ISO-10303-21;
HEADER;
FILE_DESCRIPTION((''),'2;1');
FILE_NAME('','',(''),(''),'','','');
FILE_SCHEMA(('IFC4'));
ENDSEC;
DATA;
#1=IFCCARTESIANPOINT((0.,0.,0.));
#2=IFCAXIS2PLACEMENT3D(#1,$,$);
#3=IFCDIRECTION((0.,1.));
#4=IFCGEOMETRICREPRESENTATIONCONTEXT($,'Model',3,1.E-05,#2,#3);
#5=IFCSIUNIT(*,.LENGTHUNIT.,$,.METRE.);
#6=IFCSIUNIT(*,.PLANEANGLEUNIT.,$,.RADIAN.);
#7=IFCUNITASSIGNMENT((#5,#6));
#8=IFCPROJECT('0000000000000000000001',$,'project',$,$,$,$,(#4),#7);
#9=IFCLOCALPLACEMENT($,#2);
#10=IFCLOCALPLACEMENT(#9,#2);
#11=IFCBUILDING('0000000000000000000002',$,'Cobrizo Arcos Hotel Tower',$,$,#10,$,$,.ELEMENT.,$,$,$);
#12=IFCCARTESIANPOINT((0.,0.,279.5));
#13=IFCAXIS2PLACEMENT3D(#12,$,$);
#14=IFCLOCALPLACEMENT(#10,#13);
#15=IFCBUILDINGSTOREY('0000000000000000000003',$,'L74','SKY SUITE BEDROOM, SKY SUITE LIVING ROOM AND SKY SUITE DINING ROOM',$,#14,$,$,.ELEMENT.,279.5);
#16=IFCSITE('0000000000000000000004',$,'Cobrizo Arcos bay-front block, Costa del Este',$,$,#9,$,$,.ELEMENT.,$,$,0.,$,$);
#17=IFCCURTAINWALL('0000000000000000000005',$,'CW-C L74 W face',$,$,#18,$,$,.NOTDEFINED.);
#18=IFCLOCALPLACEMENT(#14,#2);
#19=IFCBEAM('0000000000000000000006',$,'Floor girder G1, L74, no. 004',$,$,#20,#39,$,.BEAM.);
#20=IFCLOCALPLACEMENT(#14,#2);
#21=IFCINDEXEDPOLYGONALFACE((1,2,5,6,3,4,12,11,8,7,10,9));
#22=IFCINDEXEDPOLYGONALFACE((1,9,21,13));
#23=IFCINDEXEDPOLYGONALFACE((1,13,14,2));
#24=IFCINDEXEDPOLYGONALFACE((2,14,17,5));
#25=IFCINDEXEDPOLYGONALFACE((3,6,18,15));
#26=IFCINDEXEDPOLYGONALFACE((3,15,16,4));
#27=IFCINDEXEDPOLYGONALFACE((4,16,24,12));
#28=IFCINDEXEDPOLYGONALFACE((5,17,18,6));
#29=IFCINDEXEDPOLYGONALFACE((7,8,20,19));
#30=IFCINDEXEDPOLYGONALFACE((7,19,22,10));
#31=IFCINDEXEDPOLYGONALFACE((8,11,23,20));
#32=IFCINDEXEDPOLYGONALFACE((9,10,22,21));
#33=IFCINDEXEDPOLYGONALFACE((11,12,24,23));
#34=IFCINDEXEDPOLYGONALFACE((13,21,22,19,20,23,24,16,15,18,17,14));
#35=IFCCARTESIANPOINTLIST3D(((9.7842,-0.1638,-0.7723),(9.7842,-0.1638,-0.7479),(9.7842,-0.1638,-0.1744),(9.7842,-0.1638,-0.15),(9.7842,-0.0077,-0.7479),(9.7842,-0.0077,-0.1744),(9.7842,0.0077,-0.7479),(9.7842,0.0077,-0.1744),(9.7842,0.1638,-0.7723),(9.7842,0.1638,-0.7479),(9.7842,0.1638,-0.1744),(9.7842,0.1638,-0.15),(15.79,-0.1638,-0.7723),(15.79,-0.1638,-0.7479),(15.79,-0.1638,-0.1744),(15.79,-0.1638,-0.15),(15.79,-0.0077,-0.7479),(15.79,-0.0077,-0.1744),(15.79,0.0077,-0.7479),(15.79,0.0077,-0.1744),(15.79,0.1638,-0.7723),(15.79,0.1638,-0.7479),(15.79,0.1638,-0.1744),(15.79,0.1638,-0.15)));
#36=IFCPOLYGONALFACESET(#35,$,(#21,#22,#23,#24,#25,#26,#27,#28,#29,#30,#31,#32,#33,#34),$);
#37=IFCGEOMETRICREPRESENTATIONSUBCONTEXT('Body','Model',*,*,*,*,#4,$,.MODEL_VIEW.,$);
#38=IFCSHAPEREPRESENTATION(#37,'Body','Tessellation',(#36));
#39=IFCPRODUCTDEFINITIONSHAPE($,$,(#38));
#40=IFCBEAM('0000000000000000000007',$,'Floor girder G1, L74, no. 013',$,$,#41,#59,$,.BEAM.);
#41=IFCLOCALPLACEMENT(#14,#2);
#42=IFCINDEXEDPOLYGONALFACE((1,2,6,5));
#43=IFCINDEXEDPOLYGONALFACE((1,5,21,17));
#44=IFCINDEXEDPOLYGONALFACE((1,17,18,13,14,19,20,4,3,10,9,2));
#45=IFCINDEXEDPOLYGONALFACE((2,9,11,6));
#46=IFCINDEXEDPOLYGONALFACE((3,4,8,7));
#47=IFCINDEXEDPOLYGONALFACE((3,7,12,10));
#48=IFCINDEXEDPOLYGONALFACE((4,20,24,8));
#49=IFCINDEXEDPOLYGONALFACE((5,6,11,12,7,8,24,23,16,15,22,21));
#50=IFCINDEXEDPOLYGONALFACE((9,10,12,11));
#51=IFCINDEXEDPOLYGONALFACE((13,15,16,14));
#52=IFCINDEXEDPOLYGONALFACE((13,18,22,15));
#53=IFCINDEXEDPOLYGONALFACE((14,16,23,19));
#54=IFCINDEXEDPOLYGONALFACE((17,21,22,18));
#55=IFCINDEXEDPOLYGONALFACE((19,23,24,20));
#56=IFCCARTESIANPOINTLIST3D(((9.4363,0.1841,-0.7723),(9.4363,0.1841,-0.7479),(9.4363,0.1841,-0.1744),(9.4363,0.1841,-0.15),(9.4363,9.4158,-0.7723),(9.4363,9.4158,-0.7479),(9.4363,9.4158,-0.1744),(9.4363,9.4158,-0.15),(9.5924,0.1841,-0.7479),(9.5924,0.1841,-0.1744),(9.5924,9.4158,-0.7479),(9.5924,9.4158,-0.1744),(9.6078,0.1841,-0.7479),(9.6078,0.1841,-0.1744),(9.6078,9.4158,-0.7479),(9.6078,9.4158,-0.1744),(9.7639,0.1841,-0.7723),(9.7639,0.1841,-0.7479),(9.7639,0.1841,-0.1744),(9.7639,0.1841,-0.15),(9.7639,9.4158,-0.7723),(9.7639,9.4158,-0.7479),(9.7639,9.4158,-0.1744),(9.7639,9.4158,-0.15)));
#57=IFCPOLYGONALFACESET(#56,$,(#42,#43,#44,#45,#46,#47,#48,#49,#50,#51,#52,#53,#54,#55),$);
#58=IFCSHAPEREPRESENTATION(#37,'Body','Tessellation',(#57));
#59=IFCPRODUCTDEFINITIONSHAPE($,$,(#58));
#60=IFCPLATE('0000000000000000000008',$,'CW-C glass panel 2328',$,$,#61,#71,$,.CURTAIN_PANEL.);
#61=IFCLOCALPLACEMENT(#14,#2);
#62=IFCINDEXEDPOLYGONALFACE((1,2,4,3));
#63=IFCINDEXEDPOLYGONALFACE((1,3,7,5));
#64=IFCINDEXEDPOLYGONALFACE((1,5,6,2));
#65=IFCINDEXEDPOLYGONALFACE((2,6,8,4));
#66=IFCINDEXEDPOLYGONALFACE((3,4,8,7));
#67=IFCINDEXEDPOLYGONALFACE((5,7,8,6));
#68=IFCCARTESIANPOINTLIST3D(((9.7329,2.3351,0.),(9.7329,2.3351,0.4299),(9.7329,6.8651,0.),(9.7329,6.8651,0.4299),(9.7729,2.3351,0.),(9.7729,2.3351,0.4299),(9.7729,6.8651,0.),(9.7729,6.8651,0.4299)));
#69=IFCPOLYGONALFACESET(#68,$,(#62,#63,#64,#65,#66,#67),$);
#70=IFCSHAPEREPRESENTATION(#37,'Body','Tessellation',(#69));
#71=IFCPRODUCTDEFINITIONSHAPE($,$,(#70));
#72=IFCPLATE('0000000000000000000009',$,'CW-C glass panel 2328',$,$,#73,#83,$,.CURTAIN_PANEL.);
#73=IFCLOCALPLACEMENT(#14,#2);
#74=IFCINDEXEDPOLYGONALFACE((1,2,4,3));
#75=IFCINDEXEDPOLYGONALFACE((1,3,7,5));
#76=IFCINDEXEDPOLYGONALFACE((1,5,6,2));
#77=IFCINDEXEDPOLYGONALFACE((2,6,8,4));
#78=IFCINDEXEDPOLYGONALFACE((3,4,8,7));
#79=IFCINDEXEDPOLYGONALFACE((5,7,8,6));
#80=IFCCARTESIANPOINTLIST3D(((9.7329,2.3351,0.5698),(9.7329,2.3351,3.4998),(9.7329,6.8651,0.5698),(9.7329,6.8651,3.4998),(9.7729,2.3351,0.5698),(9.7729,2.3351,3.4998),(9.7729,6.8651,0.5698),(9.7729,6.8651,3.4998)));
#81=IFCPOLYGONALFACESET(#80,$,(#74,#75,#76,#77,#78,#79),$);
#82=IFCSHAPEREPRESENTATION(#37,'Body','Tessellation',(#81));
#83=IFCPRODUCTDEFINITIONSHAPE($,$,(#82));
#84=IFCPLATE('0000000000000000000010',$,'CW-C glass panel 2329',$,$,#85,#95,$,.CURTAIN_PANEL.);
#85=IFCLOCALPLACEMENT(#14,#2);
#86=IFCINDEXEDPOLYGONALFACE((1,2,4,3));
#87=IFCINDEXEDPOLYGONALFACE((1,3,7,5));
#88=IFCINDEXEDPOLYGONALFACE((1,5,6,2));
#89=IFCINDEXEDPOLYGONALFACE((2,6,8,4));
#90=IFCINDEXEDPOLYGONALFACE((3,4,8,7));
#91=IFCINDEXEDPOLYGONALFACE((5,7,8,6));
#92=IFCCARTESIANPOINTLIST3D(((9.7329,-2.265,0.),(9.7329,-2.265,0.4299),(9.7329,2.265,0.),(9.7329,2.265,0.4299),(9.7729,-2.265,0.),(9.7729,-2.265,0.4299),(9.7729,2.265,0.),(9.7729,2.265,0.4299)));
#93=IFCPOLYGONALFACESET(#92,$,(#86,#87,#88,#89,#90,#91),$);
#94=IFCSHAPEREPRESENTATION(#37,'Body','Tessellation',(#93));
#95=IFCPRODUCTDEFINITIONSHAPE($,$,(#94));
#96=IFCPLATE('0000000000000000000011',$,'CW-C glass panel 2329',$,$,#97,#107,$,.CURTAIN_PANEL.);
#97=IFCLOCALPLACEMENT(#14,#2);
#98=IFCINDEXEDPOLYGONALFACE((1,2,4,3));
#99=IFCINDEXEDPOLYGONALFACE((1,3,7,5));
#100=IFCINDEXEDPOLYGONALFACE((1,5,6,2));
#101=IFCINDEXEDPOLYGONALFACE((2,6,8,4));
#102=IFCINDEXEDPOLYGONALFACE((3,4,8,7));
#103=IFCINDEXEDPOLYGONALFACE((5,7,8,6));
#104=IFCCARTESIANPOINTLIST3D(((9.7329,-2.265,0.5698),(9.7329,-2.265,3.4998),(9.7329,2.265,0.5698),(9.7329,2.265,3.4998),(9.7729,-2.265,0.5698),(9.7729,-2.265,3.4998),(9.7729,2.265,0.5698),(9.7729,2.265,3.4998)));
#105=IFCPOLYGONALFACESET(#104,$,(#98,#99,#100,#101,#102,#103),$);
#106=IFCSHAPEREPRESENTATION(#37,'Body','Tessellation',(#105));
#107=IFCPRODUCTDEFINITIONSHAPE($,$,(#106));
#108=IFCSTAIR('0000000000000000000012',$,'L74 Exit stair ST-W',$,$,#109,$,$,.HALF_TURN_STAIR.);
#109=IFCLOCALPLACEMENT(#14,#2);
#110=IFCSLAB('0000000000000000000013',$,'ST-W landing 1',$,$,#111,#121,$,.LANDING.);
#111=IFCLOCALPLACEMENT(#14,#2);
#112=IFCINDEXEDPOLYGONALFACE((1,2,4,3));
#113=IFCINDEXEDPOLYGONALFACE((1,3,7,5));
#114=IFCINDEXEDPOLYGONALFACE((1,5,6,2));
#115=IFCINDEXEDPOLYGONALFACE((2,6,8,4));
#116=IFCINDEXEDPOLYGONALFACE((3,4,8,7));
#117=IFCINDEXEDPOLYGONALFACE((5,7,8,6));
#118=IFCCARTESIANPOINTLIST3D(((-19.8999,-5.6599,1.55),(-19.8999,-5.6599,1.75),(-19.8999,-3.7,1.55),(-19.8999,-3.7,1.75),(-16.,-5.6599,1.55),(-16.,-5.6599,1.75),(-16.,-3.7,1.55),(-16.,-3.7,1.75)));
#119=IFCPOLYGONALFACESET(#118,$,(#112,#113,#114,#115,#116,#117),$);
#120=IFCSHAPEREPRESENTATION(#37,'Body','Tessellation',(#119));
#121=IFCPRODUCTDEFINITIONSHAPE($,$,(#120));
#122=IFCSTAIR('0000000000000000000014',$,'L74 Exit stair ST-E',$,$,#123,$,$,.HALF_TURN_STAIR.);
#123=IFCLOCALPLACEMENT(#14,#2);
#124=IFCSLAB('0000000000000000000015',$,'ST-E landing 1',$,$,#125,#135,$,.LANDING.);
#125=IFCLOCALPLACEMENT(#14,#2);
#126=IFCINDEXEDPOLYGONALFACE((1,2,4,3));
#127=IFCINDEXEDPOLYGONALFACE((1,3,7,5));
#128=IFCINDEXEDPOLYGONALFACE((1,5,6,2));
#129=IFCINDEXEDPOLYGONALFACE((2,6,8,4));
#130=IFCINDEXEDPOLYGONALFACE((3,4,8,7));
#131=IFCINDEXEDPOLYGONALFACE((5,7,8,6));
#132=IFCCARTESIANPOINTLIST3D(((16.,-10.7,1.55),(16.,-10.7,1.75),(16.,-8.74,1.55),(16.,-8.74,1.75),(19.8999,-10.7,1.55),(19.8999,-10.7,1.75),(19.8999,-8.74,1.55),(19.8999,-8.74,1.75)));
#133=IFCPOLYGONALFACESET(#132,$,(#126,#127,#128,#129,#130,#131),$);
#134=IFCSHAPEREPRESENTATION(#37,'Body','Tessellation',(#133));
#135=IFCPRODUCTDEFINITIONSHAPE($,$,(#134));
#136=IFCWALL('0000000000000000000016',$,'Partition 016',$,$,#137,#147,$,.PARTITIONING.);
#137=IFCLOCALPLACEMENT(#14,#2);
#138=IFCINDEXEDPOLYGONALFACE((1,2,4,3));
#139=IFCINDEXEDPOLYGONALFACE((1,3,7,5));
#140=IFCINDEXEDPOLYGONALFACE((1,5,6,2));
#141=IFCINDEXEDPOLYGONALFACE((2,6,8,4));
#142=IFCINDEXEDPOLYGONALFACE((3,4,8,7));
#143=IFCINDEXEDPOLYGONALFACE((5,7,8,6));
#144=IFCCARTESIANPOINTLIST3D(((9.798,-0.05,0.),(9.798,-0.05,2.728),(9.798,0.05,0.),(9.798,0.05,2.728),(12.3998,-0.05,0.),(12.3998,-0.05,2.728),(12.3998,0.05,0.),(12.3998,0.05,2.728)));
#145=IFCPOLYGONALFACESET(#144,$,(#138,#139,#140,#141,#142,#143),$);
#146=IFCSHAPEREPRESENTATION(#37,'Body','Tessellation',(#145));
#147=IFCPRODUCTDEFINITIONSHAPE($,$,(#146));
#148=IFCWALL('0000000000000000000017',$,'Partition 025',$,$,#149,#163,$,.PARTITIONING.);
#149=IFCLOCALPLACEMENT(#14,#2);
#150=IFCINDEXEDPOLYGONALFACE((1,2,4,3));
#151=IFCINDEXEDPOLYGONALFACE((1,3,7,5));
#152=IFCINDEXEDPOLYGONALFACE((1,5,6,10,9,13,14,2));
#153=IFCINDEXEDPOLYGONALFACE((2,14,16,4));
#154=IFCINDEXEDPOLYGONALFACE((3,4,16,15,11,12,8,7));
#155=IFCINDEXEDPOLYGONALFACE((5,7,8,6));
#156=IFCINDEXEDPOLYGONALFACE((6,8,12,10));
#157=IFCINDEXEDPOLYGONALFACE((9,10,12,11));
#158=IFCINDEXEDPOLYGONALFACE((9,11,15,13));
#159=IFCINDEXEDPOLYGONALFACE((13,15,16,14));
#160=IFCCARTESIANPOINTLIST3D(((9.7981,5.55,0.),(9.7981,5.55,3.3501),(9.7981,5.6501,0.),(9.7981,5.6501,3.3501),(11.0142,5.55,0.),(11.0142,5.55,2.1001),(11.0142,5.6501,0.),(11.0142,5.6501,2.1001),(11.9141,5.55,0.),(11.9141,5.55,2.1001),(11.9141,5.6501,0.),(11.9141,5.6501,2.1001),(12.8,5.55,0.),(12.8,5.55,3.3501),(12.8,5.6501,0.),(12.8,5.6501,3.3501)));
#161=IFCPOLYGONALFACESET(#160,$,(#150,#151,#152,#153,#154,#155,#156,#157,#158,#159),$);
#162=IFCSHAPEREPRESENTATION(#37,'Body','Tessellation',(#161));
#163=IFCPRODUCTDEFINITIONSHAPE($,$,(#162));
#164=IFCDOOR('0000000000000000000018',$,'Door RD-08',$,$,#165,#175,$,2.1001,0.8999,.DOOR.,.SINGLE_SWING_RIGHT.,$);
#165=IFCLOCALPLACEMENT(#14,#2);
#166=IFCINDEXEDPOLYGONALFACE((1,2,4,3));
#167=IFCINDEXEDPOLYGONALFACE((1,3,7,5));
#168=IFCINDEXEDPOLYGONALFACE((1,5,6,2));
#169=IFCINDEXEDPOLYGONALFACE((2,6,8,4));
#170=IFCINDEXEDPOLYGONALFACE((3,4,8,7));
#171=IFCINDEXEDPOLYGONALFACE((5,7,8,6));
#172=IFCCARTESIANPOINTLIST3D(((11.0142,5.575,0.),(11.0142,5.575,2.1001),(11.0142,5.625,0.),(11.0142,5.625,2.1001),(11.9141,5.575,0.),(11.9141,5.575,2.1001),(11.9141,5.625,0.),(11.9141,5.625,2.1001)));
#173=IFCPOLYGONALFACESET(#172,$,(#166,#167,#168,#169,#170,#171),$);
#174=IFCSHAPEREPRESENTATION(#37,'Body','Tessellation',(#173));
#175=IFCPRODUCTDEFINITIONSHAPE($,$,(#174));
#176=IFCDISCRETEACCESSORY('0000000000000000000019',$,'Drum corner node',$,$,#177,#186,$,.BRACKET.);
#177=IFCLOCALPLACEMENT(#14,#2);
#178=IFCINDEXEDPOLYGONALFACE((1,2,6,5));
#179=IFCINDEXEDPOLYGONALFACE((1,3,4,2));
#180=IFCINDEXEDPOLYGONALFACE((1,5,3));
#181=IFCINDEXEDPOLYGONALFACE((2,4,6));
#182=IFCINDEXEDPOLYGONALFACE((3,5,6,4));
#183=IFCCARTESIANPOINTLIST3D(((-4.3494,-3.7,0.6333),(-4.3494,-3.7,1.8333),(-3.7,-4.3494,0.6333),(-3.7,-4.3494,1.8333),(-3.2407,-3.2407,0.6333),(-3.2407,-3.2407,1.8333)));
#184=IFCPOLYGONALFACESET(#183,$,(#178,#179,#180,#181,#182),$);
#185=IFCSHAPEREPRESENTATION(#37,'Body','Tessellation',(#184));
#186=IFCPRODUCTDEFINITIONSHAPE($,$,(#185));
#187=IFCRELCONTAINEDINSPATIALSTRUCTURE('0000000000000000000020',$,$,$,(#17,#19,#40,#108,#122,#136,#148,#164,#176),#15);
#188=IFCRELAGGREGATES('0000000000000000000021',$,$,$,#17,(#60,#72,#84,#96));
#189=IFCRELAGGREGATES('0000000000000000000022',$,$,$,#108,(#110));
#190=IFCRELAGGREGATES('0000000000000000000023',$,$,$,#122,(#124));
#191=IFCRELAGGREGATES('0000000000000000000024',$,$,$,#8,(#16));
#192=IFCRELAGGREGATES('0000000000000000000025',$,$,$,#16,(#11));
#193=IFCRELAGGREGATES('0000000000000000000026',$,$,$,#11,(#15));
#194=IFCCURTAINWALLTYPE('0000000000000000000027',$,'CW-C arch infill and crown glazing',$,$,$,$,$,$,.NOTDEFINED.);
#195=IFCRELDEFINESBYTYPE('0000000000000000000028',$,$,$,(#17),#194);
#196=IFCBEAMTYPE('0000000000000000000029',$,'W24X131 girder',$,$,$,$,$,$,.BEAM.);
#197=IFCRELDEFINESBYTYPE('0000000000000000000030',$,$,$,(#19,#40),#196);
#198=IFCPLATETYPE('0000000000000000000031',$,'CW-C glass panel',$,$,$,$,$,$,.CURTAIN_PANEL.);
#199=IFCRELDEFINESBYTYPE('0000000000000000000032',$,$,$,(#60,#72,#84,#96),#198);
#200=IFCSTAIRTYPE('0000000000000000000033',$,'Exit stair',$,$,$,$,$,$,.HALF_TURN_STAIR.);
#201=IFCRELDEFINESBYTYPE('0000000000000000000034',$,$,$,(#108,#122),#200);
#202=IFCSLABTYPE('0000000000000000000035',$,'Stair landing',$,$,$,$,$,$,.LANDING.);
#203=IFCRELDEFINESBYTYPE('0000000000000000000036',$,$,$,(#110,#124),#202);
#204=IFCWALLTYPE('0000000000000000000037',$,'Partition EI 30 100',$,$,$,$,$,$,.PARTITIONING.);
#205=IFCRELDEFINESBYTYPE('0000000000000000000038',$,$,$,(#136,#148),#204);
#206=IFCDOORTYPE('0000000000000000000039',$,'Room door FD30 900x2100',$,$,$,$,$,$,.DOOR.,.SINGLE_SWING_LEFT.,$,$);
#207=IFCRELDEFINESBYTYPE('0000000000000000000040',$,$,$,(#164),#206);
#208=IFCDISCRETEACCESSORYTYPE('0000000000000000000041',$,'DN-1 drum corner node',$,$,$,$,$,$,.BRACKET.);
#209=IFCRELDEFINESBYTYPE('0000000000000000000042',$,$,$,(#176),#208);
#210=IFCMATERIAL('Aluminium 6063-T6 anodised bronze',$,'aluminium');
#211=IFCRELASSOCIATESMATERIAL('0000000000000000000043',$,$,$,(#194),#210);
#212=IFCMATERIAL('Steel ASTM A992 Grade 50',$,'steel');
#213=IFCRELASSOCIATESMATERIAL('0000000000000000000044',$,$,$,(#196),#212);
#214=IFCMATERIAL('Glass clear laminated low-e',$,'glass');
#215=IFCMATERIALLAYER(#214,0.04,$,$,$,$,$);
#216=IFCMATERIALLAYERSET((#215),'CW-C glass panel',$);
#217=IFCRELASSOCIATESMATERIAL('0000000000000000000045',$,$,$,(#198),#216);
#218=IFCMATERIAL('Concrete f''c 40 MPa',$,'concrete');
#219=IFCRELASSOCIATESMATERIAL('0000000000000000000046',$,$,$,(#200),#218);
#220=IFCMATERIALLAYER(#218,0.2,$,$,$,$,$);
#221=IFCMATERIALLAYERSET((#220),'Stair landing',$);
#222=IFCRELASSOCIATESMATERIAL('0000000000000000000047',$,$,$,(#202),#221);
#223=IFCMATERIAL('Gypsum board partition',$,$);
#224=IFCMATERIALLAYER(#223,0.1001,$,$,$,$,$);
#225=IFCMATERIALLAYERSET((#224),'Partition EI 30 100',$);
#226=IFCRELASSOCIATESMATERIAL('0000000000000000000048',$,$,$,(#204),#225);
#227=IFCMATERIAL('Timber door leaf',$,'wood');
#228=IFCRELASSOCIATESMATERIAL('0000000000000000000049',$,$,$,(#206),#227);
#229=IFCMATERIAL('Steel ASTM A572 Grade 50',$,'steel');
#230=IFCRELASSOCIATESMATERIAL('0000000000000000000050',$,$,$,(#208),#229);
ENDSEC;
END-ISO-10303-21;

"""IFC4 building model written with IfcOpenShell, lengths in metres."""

from ifc_helpers import new_model, si_unit, direction, frame, frame_2d, origin, origin_2d, place, context, subcontext, project, spatial, polyline, rectangle, i_section, outline, extrude, material, layer, layer_set, material_profile, profile_set, type_object, element, fill, aggregate, save


model = new_model("IFC4")

# Units and contexts
model_context = context("Model", 3, precision=1e-05, world=origin(), true_north=direction((0.0, 1.0)))
body_context = subcontext(model_context, "Body", "Model", "MODEL_VIEW")
ifc_project = project(units=[si_unit("LENGTHUNIT", "METRE"), si_unit("PLANEANGLEUNIT", "RADIAN")], contexts=[model_context])

# Site, building, storey
site_placement = place(None, origin())
site = spatial("IfcSite", under=ifc_project, at=site_placement, Name="Cobrizo Arcos bay-front block, Costa del Este", CompositionType="ELEMENT", RefElevation=0.0)
building_placement = place(site_placement, origin())
building = spatial("IfcBuilding", under=site, at=building_placement, Name="Cobrizo Arcos Hotel Tower", CompositionType="ELEMENT")
storey_placement = place(building_placement, frame((0.0, 0.0, 279.5)))
storey = spatial("IfcBuildingStorey", under=building, at=storey_placement, Name="L74", Description="SKY SUITE BEDROOM, SKY SUITE LIVING ROOM AND SKY SUITE DINING ROOM", CompositionType="ELEMENT", Elevation=279.5)

# Shared definitions
ifc_material_1 = material(Name="Steel ASTM A572 Grade 50", Category="steel")

# Curtain wall
ifc_material_2 = material(Name="Aluminium 6063-T6 anodised bronze", Category="aluminium")
curtain_wall_type = type_object("IfcCurtainWallType", Name="CW-C arch infill and crown glazing", PredefinedType="NOTDEFINED", material=ifc_material_2)
curtain_wall_placement = place(storey_placement, origin())
curtain_wall = element("IfcCurtainWall", 1, at=curtain_wall_placement, inside=storey, type_object=curtain_wall_type, Name="CW-C L74 W face", PredefinedType="NOTDEFINED")

# Beams
ifc_material_3 = material(Name="Steel ASTM A992 Grade 50", Category="steel")
ifc_material_profile_1 = material_profile(ifc_material_3, i_section(OverallWidth=0.3276, OverallDepth=0.6223, WebThickness=0.0154, FlangeThickness=0.0244, at=origin_2d()), Name="W24X131")
ifc_profile_set_1 = profile_set([ifc_material_profile_1], Name="Steel ASTM A992 Grade 50")
beam_type_1 = type_object("IfcBeamType", Name="W24X131 girder", PredefinedType="BEAM", material=ifc_profile_set_1)
beam_1_placement = place(storey_placement, frame((9.7842, 0.0, -0.4612), z_axis=(1.0, 0.0, 0.0), x_axis=(0.0, 1.0, 0.0)))
element("IfcBeam", 2, at=beam_1_placement, inside=storey, type_object=beam_type_1, Name="Floor girder G1, L74, no. 004", PredefinedType="BEAM", context=body_context, shape_type="SweptSolid", body=[
    extrude(i_section(OverallWidth=0.3276, OverallDepth=0.6223, WebThickness=0.0154, FlangeThickness=0.0244, at=origin_2d()), origin(), (0.0, 0.0, 1.0), 6.0059),
])
beam_2_placement = place(storey_placement, frame((9.6001, 0.1841, -0.4612), z_axis=(0.0, 1.0, 0.0), x_axis=(-1.0, 0.0, 0.0)))
element("IfcBeam", 3, at=beam_2_placement, inside=storey, type_object=beam_type_1, Name="Floor girder G1, L74, no. 013", PredefinedType="BEAM", context=body_context, shape_type="SweptSolid", body=[
    extrude(i_section(OverallWidth=0.3276, OverallDepth=0.6223, WebThickness=0.0154, FlangeThickness=0.0244, at=origin_2d()), origin(), (0.0, 0.0, 1.0), 9.2317),
])

# Plates
ifc_material_4 = material(Name="Glass clear laminated low-e", Category="glass")
ifc_layer_1 = layer(ifc_material_4, 0.04)
ifc_layer_set_1 = layer_set([ifc_layer_1], Name="CW-C glass panel")
plate_type = type_object("IfcPlateType", Name="CW-C glass panel", PredefinedType="CURTAIN_PANEL", material=ifc_layer_set_1)
plate_1_placement = place(storey_placement, frame((9.7529, 4.6001, 0.0), z_axis=(0.0, 0.0, 1.0), x_axis=(0.0, -1.0, 0.0)))
plate_1 = element("IfcPlate", 4, at=plate_1_placement, type_object=plate_type, Name="CW-C glass panel 2328", PredefinedType="CURTAIN_PANEL", context=body_context, shape_type="SweptSolid", body=[
    extrude(rectangle(XDim=4.53, YDim=0.04, at=origin_2d()), origin(), (0.0, 0.0, 1.0), 0.4299),
])
plate_2_placement = place(storey_placement, frame((9.7529, 4.6001, 0.5698), z_axis=(0.0, 0.0, 1.0), x_axis=(0.0, -1.0, 0.0)))
plate_2 = element("IfcPlate", 5, at=plate_2_placement, type_object=plate_type, Name="CW-C glass panel 2328", PredefinedType="CURTAIN_PANEL", context=body_context, shape_type="SweptSolid", body=[
    extrude(rectangle(XDim=4.53, YDim=0.04, at=origin_2d()), origin(), (0.0, 0.0, 1.0), 2.9299),
])
plate_3_placement = place(storey_placement, frame((9.7529, 0.0, 0.0), z_axis=(0.0, 0.0, 1.0), x_axis=(0.0, -1.0, 0.0)))
plate_3 = element("IfcPlate", 6, at=plate_3_placement, type_object=plate_type, Name="CW-C glass panel 2329", PredefinedType="CURTAIN_PANEL", context=body_context, shape_type="SweptSolid", body=[
    extrude(rectangle(XDim=4.53, YDim=0.04, at=origin_2d()), origin(), (0.0, 0.0, 1.0), 0.4299),
])
plate_4_placement = place(storey_placement, frame((9.7529, 0.0, 0.5698), z_axis=(0.0, 0.0, 1.0), x_axis=(0.0, -1.0, 0.0)))
plate_4 = element("IfcPlate", 7, at=plate_4_placement, type_object=plate_type, Name="CW-C glass panel 2329", PredefinedType="CURTAIN_PANEL", context=body_context, shape_type="SweptSolid", body=[
    extrude(rectangle(XDim=4.53, YDim=0.04, at=origin_2d()), origin(), (0.0, 0.0, 1.0), 2.9299),
])
aggregate(curtain_wall, [plate_1, plate_2, plate_3, plate_4])

# Stairs, slabs
ifc_material_5 = material(Name="Concrete f'c 40 MPa", Category="concrete")
stair_type = type_object("IfcStairType", Name="Exit stair", PredefinedType="HALF_TURN_STAIR", material=ifc_material_5)
stair_1_placement = place(storey_placement, origin())
stair_1 = element("IfcStair", 8, at=stair_1_placement, inside=storey, type_object=stair_type, Name="L74 Exit stair ST-W", PredefinedType="HALF_TURN_STAIR")
ifc_layer_2 = layer(ifc_material_5, 0.2)
ifc_layer_set_2 = layer_set([ifc_layer_2], Name="Stair landing")
slab_type = type_object("IfcSlabType", Name="Stair landing", PredefinedType="LANDING", material=ifc_layer_set_2)
slab_1_placement = place(storey_placement, frame((0.0, 0.0, 1.55)))
slab_1 = element("IfcSlab", 9, at=slab_1_placement, type_object=slab_type, Name="ST-W landing 1", PredefinedType="LANDING", context=body_context, shape_type="SweptSolid", body=[
    extrude(outline(polyline([(-16.0, -5.6599), (-16.0, -3.7), (-19.8999, -3.7), (-19.8999, -5.6599), (-16.0, -5.6599)])), origin(), (0.0, 0.0, 1.0), 0.2),
])
aggregate(stair_1, [slab_1])
stair_2_placement = place(storey_placement, origin())
stair_2 = element("IfcStair", 10, at=stair_2_placement, inside=storey, type_object=stair_type, Name="L74 Exit stair ST-E", PredefinedType="HALF_TURN_STAIR")
slab_2_placement = place(storey_placement, frame((0.0, 0.0, 1.55)))
slab_2 = element("IfcSlab", 11, at=slab_2_placement, type_object=slab_type, Name="ST-E landing 1", PredefinedType="LANDING", context=body_context, shape_type="SweptSolid", body=[
    extrude(outline(polyline([(16.0, -8.74), (16.0, -10.7), (19.8999, -10.7), (19.8999, -8.74), (16.0, -8.74)])), origin(), (0.0, 0.0, 1.0), 0.2),
])
aggregate(stair_2, [slab_2])

# Wall
ifc_material_6 = material(Name="Gypsum board partition")
ifc_layer_3 = layer(ifc_material_6, 0.1001)
ifc_layer_set_3 = layer_set([ifc_layer_3], Name="Partition EI 30 100")
wall_type = type_object("IfcWallType", Name="Partition EI 30 100", PredefinedType="PARTITIONING", material=ifc_layer_set_3)
wall_1_placement = place(storey_placement, frame((9.7981, 0.0, 0.0), z_axis=(0.0, 0.0, 1.0), x_axis=(1.0, 0.0, 0.0)))
element("IfcWall", 12, at=wall_1_placement, inside=storey, type_object=wall_type, Name="Partition 016", PredefinedType="PARTITIONING", context=body_context, shape_type="SweptSolid", body=[
    extrude(rectangle(XDim=2.6018, YDim=0.1001, at=frame_2d((1.3008, 0.0))), origin(), (0.0, 0.0, 1.0), 2.728),
])

# Wall, opening, door
wall_2_placement = place(storey_placement, frame((9.7981, 5.6001, 0.0), z_axis=(0.0, 0.0, 1.0), x_axis=(1.0, 0.0, 0.0)))
wall_2 = element("IfcWall", 13, at=wall_2_placement, inside=storey, type_object=wall_type, Name="Partition 025", PredefinedType="PARTITIONING", context=body_context, shape_type="SweptSolid", body=[
    extrude(rectangle(XDim=3.002, YDim=0.1001, at=frame_2d((1.501, 0.0))), origin(), (0.0, 0.0, 1.0), 3.3501),
])
opening_placement = place(wall_2_placement, frame((1.2161, 0.0, 0.0)))
opening = element("IfcOpeningElement", 14, at=opening_placement, cuts=wall_2, PredefinedType="OPENING", context=body_context, shape_type="SweptSolid", body=[
    extrude(rectangle(XDim=0.8999, YDim=2.1001, at=frame_2d((0.45, 1.05))), frame((0.0, 0.062, 0.0), z_axis=(0.0, -1.0, 0.0), x_axis=(1.0, 0.0, 0.0)), (0.0, 0.0, 1.0), 0.124),
])
ifc_material_7 = material(Name="Timber door leaf", Category="wood")
door_type = type_object("IfcDoorType", Name="Room door FD30 900x2100", OperationType="SINGLE_SWING_LEFT", PredefinedType="DOOR", material=ifc_material_7)
door_placement = place(opening_placement, origin())
door = element("IfcDoor", 15, at=door_placement, inside=storey, type_object=door_type, Name="Door RD-08", OperationType="SINGLE_SWING_RIGHT", OverallHeight=2.1001, OverallWidth=0.8999, PredefinedType="DOOR", context=body_context, shape_type="SweptSolid", body=[
    extrude(rectangle(XDim=0.8999, YDim=2.1001, at=frame_2d((0.45, 1.05))), frame((0.0, 0.0249, 0.0), z_axis=(0.0, -1.0, 0.0), x_axis=(1.0, 0.0, 0.0)), (0.0, 0.0, 1.0), 0.05),
])
fill(opening, door)

# Discrete accessory
discrete_accessory_type = type_object("IfcDiscreteAccessoryType", Name="DN-1 drum corner node", PredefinedType="BRACKET", material=ifc_material_1)
discrete_accessory_1_placement = place(storey_placement, frame((0.0, 0.0, 0.6333)))
element("IfcDiscreteAccessory", 16, at=discrete_accessory_1_placement, inside=storey, type_object=discrete_accessory_type, Name="Drum corner node", PredefinedType="BRACKET", context=body_context, shape_type="SweptSolid", body=[
    extrude(outline(polyline([(-3.7, -4.3494), (-4.3494, -3.7), (-3.2407, -3.2407), (-3.2407, -3.2407), (-3.7, -4.3494)])), origin(), (0.0, 0.0, 1.0), 1.2),
])

save(model, "model.ifc")
